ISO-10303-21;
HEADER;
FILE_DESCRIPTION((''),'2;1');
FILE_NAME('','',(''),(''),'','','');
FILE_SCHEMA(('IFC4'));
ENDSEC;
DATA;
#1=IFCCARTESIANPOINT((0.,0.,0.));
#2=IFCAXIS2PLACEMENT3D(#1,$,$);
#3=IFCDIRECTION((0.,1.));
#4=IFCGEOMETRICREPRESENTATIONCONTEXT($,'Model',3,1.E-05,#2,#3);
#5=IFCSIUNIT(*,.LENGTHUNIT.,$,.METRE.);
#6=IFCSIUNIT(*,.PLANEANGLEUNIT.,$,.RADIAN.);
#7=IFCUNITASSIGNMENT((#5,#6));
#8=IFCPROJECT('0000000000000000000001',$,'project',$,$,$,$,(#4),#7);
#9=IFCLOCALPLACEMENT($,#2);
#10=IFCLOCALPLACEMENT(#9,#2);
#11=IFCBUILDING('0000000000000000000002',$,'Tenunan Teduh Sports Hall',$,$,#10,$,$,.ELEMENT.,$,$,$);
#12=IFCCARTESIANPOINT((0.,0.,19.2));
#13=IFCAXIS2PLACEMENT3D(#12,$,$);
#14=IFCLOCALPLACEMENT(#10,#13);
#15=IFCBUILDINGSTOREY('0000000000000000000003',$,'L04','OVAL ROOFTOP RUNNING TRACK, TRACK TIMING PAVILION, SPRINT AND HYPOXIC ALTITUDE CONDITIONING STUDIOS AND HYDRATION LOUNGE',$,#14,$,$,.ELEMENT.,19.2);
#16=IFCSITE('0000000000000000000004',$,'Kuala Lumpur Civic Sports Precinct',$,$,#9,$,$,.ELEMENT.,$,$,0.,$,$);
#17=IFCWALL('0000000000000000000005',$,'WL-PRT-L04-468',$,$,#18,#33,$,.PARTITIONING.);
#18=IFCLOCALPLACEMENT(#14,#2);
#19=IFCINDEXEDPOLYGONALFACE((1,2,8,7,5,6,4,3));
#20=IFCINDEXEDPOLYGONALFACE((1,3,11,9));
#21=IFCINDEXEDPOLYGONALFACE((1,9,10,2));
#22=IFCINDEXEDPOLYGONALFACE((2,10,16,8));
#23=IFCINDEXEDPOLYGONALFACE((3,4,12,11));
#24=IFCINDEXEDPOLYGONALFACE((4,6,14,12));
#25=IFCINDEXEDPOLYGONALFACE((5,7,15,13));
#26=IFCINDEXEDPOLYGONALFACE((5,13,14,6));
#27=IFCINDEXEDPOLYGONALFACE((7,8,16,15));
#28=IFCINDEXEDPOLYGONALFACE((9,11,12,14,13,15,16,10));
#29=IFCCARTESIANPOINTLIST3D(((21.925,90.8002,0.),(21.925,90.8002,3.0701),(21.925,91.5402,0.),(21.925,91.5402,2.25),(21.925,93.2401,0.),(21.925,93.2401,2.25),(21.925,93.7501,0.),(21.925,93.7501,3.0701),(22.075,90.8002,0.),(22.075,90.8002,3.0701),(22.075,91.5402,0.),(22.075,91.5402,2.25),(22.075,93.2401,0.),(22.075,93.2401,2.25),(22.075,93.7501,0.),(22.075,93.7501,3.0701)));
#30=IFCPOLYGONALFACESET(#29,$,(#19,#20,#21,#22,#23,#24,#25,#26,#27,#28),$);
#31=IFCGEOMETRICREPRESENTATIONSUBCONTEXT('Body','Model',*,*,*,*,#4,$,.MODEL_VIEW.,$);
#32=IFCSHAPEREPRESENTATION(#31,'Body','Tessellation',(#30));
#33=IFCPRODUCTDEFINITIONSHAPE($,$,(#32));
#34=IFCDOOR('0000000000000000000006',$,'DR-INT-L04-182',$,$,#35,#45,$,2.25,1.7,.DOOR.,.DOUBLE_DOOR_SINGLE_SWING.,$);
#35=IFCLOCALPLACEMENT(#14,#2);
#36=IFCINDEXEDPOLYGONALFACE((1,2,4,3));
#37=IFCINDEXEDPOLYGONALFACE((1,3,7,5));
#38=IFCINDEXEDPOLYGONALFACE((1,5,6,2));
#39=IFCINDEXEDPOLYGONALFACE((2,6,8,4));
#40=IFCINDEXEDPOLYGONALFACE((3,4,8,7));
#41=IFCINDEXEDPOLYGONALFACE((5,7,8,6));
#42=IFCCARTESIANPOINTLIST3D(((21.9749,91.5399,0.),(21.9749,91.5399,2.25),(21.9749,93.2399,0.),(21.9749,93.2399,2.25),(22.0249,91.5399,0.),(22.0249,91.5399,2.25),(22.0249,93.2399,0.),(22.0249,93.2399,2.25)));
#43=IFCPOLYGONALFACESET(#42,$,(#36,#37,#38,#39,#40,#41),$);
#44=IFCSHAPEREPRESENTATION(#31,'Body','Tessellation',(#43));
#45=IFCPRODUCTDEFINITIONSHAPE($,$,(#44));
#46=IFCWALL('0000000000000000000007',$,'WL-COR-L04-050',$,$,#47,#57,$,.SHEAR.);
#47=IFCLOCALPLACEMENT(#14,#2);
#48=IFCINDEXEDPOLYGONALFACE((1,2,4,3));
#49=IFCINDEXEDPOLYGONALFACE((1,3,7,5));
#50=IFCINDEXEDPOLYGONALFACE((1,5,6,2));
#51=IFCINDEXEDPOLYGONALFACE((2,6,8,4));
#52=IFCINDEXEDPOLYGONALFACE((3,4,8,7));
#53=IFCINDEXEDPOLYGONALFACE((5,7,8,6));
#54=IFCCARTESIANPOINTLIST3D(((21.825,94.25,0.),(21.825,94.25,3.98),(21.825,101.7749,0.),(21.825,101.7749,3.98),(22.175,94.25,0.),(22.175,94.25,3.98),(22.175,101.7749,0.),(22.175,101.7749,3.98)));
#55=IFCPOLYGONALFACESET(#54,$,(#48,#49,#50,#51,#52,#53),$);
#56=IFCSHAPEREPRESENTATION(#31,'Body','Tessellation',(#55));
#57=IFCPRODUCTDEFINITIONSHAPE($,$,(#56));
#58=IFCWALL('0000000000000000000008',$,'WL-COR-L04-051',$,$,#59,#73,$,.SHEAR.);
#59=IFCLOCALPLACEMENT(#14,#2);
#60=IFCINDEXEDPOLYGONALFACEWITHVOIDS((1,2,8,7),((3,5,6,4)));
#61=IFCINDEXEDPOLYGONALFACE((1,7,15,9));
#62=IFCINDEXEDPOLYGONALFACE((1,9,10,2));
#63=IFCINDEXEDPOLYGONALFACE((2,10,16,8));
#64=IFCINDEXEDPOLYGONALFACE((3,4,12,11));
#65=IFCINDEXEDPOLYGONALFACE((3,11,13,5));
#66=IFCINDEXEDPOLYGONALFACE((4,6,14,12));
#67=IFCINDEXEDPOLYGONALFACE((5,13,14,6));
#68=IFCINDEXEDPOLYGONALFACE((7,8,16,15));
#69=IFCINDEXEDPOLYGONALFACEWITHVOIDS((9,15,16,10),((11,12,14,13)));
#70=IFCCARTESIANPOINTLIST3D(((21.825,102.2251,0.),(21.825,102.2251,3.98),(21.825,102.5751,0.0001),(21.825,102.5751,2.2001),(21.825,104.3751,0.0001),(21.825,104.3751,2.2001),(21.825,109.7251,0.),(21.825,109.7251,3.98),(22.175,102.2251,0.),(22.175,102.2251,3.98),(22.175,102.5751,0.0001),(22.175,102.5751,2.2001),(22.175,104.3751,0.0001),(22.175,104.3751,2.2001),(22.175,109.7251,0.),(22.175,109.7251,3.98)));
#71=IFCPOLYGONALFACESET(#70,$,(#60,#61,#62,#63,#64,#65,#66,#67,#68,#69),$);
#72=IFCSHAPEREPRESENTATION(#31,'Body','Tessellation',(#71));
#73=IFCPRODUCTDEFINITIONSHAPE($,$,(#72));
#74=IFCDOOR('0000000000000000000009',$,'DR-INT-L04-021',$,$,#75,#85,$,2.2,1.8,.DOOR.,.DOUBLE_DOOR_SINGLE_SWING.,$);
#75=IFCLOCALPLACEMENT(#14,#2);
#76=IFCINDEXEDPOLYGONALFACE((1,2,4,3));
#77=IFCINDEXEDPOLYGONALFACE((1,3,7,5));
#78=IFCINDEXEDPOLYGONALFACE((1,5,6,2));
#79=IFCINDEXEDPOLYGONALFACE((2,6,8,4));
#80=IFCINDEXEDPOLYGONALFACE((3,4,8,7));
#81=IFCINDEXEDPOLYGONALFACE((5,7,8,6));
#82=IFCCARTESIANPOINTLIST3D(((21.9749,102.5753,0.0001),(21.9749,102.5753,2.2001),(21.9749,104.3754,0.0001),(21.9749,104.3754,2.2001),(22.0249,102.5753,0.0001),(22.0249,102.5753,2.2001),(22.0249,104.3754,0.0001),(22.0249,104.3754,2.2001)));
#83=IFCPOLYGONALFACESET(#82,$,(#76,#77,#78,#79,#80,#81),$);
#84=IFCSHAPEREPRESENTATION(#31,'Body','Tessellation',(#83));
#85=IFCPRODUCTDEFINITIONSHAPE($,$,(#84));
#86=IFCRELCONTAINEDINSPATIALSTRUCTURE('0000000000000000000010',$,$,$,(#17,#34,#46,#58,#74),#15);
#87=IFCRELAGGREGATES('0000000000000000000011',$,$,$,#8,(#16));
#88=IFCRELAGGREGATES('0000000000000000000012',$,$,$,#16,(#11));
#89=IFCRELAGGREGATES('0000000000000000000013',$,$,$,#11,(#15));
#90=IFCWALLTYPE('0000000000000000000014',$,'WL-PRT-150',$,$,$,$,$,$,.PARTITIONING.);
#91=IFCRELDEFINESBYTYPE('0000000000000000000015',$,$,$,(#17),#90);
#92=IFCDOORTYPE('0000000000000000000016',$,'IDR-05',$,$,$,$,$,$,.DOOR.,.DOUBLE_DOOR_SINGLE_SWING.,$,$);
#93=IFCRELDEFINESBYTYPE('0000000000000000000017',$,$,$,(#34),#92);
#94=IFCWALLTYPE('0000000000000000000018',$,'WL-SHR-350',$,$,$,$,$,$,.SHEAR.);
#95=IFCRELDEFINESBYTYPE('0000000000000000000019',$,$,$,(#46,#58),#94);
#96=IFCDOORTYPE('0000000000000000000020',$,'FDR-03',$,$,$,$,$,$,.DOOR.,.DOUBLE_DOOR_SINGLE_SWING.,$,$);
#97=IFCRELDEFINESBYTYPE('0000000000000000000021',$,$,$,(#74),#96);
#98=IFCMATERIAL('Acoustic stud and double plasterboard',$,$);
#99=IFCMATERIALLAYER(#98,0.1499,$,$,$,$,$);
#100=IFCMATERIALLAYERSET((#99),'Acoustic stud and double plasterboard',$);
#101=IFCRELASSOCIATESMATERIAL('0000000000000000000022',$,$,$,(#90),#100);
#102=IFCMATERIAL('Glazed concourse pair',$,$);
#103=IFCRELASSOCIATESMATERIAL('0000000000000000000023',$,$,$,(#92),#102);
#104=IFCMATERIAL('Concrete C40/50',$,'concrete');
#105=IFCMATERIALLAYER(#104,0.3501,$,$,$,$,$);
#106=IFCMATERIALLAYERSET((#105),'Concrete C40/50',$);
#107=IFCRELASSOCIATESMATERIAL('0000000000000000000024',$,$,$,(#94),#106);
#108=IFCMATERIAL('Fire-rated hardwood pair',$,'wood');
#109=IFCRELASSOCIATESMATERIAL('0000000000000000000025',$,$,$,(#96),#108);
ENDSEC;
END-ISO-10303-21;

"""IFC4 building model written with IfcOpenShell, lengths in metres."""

from ifc_helpers import new_model, si_unit, direction, frame, frame_2d, origin, place, context, subcontext, project, spatial, rectangle, extrude, material, layer, layer_set, type_object, element, fill, save


model = new_model("IFC4")

# Units and contexts
model_context = context("Model", 3, precision=1e-05, world=origin(), true_north=direction((0.0, 1.0)))
body_context = subcontext(model_context, "Body", "Model", "MODEL_VIEW")
ifc_project = project(units=[si_unit("LENGTHUNIT", "METRE"), si_unit("PLANEANGLEUNIT", "RADIAN")], contexts=[model_context])

# Site, building, storey
site_placement = place(None, origin())
site = spatial("IfcSite", under=ifc_project, at=site_placement, Name="Kuala Lumpur Civic Sports Precinct", CompositionType="ELEMENT", RefElevation=0.0)
building_placement = place(site_placement, origin())
building = spatial("IfcBuilding", under=site, at=building_placement, Name="Tenunan Teduh Sports Hall", CompositionType="ELEMENT")
storey_placement = place(building_placement, frame((0.0, 0.0, 19.2)))
storey = spatial("IfcBuildingStorey", under=building, at=storey_placement, Name="L04", Description="OVAL ROOFTOP RUNNING TRACK, TRACK TIMING PAVILION, SPRINT AND HYPOXIC ALTITUDE CONDITIONING STUDIOS AND HYDRATION LOUNGE", CompositionType="ELEMENT", Elevation=19.2)

# Wall, opening, door
ifc_material_1 = material(Name="Acoustic stud and double plasterboard")
ifc_layer_1 = layer(ifc_material_1, 0.1499)
ifc_layer_set_1 = layer_set([ifc_layer_1], Name="Acoustic stud and double plasterboard")
wall_type_1 = type_object("IfcWallType", Name="WL-PRT-150", PredefinedType="PARTITIONING", material=ifc_layer_set_1)
wall_1_placement = place(storey_placement, frame((22.0, 90.8, 0.0), z_axis=(0.0, 0.0, 1.0), x_axis=(0.0, 1.0, 0.0)))
wall_1 = element("IfcWall", 1, at=wall_1_placement, inside=storey, type_object=wall_type_1, Name="WL-PRT-L04-468", PredefinedType="PARTITIONING", context=body_context, shape_type="SweptSolid", body=[
    extrude(rectangle(XDim=2.95, YDim=0.1499, at=frame_2d((1.4751, 0.0))), origin(), (0.0, 0.0, 1.0), 3.0701),
])
opening_1_placement = place(wall_1_placement, frame((0.74, 0.0, 0.0)))
opening_1 = element("IfcOpeningElement", 2, at=opening_1_placement, cuts=wall_1, PredefinedType="OPENING", context=body_context, shape_type="SweptSolid", body=[
    extrude(rectangle(XDim=1.7, YDim=2.25, at=frame_2d((0.8501, 1.125))), frame((0.0, 0.085, 0.0), z_axis=(0.0, -1.0, 0.0), x_axis=(1.0, 0.0, 0.0)), (0.0, 0.0, 1.0), 0.1699),
])
ifc_material_2 = material(Name="Glazed concourse pair")
door_type_1 = type_object("IfcDoorType", Name="IDR-05", OperationType="DOUBLE_DOOR_SINGLE_SWING", PredefinedType="DOOR", material=ifc_material_2)
door_1_placement = place(opening_1_placement, frame((1.7, 0.0, 0.0), z_axis=(0.0, 0.0, 1.0), x_axis=(-1.0, 0.0, 0.0)))
door_1 = element("IfcDoor", 3, at=door_1_placement, inside=storey, type_object=door_type_1, Name="DR-INT-L04-182", OperationType="DOUBLE_DOOR_SINGLE_SWING", OverallHeight=2.25, OverallWidth=1.7, PredefinedType="DOOR", context=body_context, shape_type="SweptSolid", body=[
    extrude(rectangle(XDim=1.7, YDim=2.25, at=frame_2d((0.8501, 1.125))), frame((0.0, 0.0249, 0.0), z_axis=(0.0, -1.0, 0.0), x_axis=(1.0, 0.0, 0.0)), (0.0, 0.0, 1.0), 0.05),
])
fill(opening_1, door_1)

# Wall
ifc_material_3 = material(Name="Concrete C40/50", Category="concrete")
ifc_layer_2 = layer(ifc_material_3, 0.3501)
ifc_layer_set_2 = layer_set([ifc_layer_2], Name="Concrete C40/50")
wall_type_2 = type_object("IfcWallType", Name="WL-SHR-350", PredefinedType="SHEAR", material=ifc_layer_set_2)
wall_2_placement = place(storey_placement, frame((22.0, 94.25, 0.0), z_axis=(0.0, 0.0, 1.0), x_axis=(0.0, 1.0, 0.0)))
element("IfcWall", 4, at=wall_2_placement, inside=storey, type_object=wall_type_2, Name="WL-COR-L04-050", PredefinedType="SHEAR", context=body_context, shape_type="SweptSolid", body=[
    extrude(rectangle(XDim=7.5249, YDim=0.3501, at=frame_2d((3.7625, 0.0))), origin(), (0.0, 0.0, 1.0), 3.98),
])

# Wall, opening, door
wall_3_placement = place(storey_placement, frame((22.0, 102.2251, 0.0), z_axis=(0.0, 0.0, 1.0), x_axis=(0.0, 1.0, 0.0)))
wall_3 = element("IfcWall", 5, at=wall_3_placement, inside=storey, type_object=wall_type_2, Name="WL-COR-L04-051", PredefinedType="SHEAR", context=body_context, shape_type="SweptSolid", body=[
    extrude(rectangle(XDim=7.5, YDim=0.3501, at=frame_2d((3.75, 0.0))), origin(), (0.0, 0.0, 1.0), 3.98),
])
opening_2_placement = place(wall_3_placement, frame((0.3501, 0.0, 0.0)))
opening_2 = element("IfcOpeningElement", 6, at=opening_2_placement, cuts=wall_3, PredefinedType="OPENING", context=body_context, shape_type="SweptSolid", body=[
    extrude(rectangle(XDim=1.8, YDim=2.2, at=frame_2d((0.8999, 1.1001))), frame((0.0, 0.1851, 0.0), z_axis=(0.0, -1.0, 0.0), x_axis=(1.0, 0.0, 0.0)), (0.0, 0.0, 1.0), 0.3701),
])
ifc_material_4 = material(Name="Fire-rated hardwood pair", Category="wood")
door_type_2 = type_object("IfcDoorType", Name="FDR-03", OperationType="DOUBLE_DOOR_SINGLE_SWING", PredefinedType="DOOR", material=ifc_material_4)
door_2_placement = place(opening_2_placement, frame((1.8, 0.0, 0.0), z_axis=(0.0, 0.0, 1.0), x_axis=(-1.0, 0.0, 0.0)))
door_2 = element("IfcDoor", 7, at=door_2_placement, inside=storey, type_object=door_type_2, Name="DR-INT-L04-021", OperationType="DOUBLE_DOOR_SINGLE_SWING", OverallHeight=2.2, OverallWidth=1.8, PredefinedType="DOOR", context=body_context, shape_type="SweptSolid", body=[
    extrude(rectangle(XDim=1.8, YDim=2.2, at=frame_2d((0.8999, 1.1001))), frame((0.0, 0.0249, 0.0), z_axis=(0.0, -1.0, 0.0), x_axis=(1.0, 0.0, 0.0)), (0.0, 0.0, 1.0), 0.05),
])
fill(opening_2, door_2)

save(model, "model.ifc")
